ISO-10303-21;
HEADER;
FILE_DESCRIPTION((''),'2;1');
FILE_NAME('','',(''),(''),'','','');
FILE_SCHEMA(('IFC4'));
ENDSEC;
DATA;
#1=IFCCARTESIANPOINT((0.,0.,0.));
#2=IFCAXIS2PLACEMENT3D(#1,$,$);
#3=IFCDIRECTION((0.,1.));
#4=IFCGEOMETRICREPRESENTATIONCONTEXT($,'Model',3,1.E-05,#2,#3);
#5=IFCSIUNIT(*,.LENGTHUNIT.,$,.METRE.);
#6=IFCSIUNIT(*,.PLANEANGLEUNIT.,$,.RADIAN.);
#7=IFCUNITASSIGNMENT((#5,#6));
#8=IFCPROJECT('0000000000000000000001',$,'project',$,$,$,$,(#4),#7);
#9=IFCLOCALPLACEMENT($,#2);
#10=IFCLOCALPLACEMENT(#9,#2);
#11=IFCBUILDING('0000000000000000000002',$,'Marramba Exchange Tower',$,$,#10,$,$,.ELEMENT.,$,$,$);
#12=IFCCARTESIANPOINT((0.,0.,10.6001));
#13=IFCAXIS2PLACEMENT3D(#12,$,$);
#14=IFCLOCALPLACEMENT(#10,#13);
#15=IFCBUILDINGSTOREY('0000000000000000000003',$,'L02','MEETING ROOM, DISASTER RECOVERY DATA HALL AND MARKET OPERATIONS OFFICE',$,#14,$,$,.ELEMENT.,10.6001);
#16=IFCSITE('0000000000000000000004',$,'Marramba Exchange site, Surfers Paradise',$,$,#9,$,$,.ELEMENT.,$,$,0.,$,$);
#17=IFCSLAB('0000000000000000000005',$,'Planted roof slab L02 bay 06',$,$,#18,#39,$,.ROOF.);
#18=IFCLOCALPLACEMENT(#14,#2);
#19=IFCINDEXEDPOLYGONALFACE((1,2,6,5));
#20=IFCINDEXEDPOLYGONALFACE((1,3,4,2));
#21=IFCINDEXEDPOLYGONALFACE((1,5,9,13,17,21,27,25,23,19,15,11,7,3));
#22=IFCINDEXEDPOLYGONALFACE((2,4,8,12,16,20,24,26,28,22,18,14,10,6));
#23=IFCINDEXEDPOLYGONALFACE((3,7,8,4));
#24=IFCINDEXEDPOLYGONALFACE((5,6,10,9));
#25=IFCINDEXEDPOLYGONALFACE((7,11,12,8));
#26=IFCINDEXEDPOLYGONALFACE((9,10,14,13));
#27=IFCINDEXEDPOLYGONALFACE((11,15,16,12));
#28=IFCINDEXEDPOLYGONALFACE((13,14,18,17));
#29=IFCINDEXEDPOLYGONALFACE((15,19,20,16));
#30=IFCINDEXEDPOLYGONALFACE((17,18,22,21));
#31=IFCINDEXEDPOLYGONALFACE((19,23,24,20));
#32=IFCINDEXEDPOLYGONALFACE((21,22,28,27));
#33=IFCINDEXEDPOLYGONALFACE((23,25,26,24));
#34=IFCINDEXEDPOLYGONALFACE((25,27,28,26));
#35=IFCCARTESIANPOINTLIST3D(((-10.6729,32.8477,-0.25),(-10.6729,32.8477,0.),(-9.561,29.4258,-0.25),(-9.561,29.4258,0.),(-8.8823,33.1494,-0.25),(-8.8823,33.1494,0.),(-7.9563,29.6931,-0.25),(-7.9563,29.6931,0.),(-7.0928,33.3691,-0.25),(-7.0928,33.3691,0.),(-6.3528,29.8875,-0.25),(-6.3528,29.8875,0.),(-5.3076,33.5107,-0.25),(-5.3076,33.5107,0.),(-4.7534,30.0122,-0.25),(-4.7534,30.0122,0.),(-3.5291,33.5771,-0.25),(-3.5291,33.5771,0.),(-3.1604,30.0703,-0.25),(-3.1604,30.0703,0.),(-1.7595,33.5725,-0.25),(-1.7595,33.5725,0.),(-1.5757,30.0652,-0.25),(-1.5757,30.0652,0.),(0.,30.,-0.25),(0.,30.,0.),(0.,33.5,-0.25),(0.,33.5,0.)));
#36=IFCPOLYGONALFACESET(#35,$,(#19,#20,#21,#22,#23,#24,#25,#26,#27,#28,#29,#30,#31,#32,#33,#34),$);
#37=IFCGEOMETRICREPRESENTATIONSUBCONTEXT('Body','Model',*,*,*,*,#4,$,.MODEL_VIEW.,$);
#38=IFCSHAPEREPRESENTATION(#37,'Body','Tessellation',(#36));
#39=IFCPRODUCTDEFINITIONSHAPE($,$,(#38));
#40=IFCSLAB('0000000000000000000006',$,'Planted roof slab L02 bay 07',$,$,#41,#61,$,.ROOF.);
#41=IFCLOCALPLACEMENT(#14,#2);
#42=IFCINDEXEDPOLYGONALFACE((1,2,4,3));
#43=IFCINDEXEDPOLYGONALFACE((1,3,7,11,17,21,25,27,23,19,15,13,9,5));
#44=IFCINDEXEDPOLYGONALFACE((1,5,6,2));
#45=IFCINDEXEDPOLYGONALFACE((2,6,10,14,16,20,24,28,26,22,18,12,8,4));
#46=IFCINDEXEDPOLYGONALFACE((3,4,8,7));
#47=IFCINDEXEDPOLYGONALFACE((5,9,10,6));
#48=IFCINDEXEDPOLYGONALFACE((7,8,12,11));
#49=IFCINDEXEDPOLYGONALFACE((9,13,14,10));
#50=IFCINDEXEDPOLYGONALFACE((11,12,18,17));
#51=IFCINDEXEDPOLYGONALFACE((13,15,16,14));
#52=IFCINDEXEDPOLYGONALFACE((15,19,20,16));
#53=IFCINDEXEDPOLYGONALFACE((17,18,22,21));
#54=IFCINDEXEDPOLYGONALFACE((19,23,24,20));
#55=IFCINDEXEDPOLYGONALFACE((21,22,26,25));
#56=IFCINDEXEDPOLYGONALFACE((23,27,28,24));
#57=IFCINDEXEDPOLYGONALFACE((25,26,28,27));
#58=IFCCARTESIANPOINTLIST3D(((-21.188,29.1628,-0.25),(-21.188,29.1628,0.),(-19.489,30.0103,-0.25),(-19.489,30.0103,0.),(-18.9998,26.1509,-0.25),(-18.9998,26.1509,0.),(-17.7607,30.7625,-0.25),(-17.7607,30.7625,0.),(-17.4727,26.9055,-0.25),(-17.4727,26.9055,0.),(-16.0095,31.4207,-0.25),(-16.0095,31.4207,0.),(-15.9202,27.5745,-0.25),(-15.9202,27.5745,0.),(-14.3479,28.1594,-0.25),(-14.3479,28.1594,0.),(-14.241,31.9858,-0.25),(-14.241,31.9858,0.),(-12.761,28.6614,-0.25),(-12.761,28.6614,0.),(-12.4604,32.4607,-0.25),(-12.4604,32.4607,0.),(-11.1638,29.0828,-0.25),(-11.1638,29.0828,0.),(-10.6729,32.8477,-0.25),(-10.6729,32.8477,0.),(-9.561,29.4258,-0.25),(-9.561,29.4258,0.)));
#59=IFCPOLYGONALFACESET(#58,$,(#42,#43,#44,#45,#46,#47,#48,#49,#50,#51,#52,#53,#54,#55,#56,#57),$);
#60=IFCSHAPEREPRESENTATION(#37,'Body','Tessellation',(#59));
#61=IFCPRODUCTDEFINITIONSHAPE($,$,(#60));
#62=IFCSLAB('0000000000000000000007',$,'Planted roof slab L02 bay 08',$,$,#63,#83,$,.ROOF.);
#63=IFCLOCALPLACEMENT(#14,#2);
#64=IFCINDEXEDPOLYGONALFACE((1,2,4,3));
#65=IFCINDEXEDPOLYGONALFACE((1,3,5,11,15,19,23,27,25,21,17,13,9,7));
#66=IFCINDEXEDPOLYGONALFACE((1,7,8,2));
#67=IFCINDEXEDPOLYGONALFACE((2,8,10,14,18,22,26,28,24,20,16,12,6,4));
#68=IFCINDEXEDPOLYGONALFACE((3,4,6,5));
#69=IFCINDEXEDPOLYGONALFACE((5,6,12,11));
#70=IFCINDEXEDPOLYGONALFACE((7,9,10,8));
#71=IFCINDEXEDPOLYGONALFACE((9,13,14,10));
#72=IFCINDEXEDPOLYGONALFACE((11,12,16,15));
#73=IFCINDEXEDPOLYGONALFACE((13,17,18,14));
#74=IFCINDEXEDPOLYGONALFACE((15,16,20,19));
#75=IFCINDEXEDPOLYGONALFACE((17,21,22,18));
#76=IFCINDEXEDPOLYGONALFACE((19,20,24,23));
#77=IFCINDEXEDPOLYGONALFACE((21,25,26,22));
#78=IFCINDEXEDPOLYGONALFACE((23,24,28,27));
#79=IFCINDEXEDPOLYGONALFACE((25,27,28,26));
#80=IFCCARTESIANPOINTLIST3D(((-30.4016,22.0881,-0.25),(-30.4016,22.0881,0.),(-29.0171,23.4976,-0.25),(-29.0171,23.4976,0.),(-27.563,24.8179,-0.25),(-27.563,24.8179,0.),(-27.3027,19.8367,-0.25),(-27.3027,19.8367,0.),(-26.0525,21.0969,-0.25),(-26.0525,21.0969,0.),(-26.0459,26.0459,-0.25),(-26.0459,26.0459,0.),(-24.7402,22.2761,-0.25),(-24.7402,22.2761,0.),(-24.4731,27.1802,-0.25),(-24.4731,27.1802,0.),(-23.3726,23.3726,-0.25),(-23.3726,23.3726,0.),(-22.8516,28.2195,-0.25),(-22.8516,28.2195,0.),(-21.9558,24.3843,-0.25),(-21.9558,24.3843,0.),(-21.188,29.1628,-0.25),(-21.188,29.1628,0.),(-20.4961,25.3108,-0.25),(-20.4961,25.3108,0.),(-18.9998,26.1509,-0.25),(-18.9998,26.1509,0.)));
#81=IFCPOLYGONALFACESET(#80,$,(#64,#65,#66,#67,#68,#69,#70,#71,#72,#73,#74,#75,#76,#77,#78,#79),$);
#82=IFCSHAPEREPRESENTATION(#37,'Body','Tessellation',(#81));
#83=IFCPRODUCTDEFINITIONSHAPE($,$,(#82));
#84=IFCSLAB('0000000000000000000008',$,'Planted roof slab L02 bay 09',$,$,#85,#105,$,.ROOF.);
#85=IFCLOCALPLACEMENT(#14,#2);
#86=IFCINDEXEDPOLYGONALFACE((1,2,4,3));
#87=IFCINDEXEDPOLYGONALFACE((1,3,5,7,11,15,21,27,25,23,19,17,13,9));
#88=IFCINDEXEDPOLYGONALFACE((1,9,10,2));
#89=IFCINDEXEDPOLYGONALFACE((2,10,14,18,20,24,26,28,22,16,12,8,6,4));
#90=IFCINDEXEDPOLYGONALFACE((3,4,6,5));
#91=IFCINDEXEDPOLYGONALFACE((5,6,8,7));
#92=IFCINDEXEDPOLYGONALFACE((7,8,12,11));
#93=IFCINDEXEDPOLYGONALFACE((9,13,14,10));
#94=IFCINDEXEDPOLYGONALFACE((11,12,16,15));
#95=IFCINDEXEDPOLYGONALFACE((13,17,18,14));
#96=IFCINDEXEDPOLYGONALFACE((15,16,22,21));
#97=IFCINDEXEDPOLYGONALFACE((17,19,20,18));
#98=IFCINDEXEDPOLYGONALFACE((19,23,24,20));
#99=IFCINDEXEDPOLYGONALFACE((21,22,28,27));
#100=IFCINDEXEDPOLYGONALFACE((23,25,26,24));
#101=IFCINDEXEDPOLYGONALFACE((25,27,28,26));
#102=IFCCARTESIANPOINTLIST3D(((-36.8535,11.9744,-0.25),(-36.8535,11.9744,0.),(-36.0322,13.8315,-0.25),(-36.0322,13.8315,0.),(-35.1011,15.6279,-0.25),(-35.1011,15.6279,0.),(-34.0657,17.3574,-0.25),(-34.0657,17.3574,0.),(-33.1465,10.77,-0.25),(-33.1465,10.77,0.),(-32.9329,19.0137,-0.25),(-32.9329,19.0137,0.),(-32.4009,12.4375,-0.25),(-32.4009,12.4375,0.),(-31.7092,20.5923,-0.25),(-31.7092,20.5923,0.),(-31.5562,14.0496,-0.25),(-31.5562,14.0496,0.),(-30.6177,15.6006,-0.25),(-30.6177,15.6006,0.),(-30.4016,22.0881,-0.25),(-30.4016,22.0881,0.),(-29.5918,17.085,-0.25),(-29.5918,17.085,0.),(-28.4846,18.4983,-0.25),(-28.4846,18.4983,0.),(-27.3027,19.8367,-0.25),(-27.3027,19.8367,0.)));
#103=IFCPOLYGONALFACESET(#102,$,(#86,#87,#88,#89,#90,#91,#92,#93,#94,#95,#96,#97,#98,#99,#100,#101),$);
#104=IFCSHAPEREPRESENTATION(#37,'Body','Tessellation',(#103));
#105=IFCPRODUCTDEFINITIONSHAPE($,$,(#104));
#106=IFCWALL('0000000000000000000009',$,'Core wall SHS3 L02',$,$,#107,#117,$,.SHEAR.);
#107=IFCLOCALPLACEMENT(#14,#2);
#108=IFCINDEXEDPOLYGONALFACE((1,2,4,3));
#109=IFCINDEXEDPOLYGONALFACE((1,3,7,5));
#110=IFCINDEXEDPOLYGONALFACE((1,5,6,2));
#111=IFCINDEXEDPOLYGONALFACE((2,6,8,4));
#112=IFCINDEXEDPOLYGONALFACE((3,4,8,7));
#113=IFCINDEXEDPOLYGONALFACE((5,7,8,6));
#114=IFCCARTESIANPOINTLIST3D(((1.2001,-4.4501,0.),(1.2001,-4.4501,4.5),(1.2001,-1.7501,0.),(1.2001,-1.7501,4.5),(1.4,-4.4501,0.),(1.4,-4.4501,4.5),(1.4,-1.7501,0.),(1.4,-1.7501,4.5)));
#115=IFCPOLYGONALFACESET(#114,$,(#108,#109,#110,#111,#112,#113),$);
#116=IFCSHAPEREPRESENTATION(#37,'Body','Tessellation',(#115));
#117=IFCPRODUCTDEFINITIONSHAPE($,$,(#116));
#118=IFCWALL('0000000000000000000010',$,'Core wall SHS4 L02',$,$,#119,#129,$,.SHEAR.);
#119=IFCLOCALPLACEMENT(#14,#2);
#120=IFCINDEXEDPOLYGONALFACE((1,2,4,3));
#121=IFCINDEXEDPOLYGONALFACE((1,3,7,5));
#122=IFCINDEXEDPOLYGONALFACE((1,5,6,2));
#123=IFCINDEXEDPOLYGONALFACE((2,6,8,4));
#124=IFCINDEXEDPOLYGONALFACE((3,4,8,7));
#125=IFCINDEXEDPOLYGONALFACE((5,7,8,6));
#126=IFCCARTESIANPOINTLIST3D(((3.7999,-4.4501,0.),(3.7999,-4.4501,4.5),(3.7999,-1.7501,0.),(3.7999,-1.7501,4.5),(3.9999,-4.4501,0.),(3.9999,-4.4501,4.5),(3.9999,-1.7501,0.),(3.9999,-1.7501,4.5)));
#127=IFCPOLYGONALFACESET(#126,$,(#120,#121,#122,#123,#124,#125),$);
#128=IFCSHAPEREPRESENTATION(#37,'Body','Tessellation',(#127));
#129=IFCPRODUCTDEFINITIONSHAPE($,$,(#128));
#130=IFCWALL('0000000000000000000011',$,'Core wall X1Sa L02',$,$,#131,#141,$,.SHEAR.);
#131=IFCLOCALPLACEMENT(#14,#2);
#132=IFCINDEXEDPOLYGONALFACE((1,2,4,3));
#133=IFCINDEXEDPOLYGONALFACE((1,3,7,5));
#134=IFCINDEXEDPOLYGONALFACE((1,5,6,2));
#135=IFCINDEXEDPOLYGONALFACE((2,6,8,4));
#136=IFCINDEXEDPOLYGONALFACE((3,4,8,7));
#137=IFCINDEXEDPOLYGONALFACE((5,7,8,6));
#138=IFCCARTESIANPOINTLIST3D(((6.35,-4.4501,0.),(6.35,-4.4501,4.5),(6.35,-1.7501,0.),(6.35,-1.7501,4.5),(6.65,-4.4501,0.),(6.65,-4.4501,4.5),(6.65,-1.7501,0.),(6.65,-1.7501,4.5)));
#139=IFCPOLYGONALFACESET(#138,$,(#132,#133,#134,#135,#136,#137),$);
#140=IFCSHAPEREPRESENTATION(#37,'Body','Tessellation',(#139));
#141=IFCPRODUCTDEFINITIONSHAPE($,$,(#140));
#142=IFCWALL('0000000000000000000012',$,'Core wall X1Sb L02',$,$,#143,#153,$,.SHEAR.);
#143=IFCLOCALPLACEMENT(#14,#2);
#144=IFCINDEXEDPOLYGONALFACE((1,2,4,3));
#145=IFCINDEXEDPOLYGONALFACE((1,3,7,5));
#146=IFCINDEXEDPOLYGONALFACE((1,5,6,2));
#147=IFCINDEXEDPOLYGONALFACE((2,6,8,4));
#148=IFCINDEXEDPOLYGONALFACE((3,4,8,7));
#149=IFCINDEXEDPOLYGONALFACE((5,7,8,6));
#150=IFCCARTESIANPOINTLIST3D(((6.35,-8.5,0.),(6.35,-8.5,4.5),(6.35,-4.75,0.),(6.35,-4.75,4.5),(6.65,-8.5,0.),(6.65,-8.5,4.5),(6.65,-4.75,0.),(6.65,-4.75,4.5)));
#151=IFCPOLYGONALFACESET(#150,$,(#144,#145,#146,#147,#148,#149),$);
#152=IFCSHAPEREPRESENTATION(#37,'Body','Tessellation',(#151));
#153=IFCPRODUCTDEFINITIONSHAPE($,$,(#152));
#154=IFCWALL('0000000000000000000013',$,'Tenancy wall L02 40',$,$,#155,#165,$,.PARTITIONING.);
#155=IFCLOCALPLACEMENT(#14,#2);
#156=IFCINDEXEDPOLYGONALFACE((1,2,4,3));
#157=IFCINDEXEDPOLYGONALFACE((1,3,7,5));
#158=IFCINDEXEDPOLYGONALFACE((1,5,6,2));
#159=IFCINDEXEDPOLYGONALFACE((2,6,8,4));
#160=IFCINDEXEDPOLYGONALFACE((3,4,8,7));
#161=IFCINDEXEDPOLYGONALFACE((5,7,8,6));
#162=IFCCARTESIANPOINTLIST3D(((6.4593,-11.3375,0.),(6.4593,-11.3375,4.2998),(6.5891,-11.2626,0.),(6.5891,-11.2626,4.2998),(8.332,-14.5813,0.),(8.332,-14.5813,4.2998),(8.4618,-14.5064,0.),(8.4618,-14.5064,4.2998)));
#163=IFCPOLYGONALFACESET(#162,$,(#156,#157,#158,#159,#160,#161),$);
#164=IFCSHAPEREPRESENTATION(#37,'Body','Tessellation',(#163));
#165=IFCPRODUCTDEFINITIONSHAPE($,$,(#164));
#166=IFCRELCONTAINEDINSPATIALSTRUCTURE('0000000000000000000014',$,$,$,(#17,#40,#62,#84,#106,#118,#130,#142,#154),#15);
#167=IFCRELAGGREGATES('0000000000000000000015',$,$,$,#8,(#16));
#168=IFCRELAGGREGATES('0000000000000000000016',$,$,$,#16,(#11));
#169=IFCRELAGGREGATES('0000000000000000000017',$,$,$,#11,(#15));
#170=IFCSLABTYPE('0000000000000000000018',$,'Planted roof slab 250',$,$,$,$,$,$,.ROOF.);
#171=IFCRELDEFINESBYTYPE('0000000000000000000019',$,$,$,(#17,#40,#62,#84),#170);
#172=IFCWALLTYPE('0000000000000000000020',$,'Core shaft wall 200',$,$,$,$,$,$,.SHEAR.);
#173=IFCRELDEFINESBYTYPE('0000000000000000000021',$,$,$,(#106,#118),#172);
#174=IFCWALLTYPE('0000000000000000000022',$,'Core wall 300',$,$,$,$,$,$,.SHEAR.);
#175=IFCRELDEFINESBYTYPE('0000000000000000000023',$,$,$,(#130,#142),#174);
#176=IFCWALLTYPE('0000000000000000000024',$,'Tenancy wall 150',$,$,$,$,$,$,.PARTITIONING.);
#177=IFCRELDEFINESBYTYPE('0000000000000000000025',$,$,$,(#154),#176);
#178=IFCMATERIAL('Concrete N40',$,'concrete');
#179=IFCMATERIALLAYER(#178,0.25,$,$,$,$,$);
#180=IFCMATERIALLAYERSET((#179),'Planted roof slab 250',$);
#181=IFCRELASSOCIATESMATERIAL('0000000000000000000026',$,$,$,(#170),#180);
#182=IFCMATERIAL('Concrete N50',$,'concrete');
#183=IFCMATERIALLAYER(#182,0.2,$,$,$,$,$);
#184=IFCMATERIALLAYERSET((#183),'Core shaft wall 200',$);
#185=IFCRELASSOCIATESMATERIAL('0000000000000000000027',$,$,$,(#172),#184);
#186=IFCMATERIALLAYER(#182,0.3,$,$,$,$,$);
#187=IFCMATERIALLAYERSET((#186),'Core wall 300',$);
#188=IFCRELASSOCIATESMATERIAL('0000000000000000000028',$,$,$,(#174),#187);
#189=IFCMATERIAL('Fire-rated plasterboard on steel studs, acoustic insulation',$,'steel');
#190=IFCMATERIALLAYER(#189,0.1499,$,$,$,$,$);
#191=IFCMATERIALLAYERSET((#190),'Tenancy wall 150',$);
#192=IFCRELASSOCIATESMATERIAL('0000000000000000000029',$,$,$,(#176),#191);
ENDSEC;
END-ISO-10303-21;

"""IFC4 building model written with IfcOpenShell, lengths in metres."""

from ifc_helpers import new_model, si_unit, direction, frame, frame_2d, origin, place, context, subcontext, project, spatial, polyline, rectangle, outline, extrude, material, layer, layer_set, type_object, element, save


model = new_model("IFC4")

# Units and contexts
model_context = context("Model", 3, precision=1e-05, world=origin(), true_north=direction((0.0, 1.0)))
body_context = subcontext(model_context, "Body", "Model", "MODEL_VIEW")
ifc_project = project(units=[si_unit("LENGTHUNIT", "METRE"), si_unit("PLANEANGLEUNIT", "RADIAN")], contexts=[model_context])

# Site, building, storey
site_placement = place(None, origin())
site = spatial("IfcSite", under=ifc_project, at=site_placement, Name="Marramba Exchange site, Surfers Paradise", CompositionType="ELEMENT", RefElevation=0.0)
building_placement = place(site_placement, origin())
building = spatial("IfcBuilding", under=site, at=building_placement, Name="Marramba Exchange Tower", CompositionType="ELEMENT")
storey_placement = place(building_placement, frame((0.0, 0.0, 10.6001)))
storey = spatial("IfcBuildingStorey", under=building, at=storey_placement, Name="L02", Description="MEETING ROOM, DISASTER RECOVERY DATA HALL AND MARKET OPERATIONS OFFICE", CompositionType="ELEMENT", Elevation=10.6001)

# Slabs
ifc_material_1 = material(Name="Concrete N40", Category="concrete")
ifc_layer_1 = layer(ifc_material_1, 0.25)
ifc_layer_set_1 = layer_set([ifc_layer_1], Name="Planted roof slab 250")
slab_type = type_object("IfcSlabType", Name="Planted roof slab 250", PredefinedType="ROOF", material=ifc_layer_set_1)
slab_1_placement = place(storey_placement, frame((0.0, 0.0, -0.25)))
element("IfcSlab", 1, at=slab_1_placement, inside=storey, type_object=slab_type, Name="Planted roof slab L02 bay 06", PredefinedType="ROOF", context=body_context, shape_type="SweptSolid", body=[
    extrude(outline(polyline([(-8.8823, 33.1494), (-7.0928, 33.3691), (-5.3076, 33.5107), (-3.5291, 33.5771), (-1.7595, 33.5725), (0.0, 33.5), (0.0, 30.0), (-1.5757, 30.0652), (-3.1604, 30.0703), (-4.7534, 30.0122), (-6.3528, 29.8875), (-7.9563, 29.6931), (-9.561, 29.4258), (-10.6729, 32.8477), (-8.8823, 33.1494)])), origin(), (0.0, 0.0, 1.0), 0.25),
])
slab_2_placement = place(storey_placement, frame((0.0, 0.0, -0.25)))
element("IfcSlab", 2, at=slab_2_placement, inside=storey, type_object=slab_type, Name="Planted roof slab L02 bay 07", PredefinedType="ROOF", context=body_context, shape_type="SweptSolid", body=[
    extrude(outline(polyline([(-19.489, 30.0103), (-17.7607, 30.7625), (-16.0095, 31.4207), (-14.241, 31.9858), (-12.4604, 32.4607), (-10.6729, 32.8477), (-9.561, 29.4258), (-11.1638, 29.0828), (-12.761, 28.6614), (-14.3479, 28.1594), (-15.9202, 27.5745), (-17.4727, 26.9055), (-18.9998, 26.1509), (-21.188, 29.1628), (-19.489, 30.0103)])), origin(), (0.0, 0.0, 1.0), 0.25),
])
slab_3_placement = place(storey_placement, frame((0.0, 0.0, -0.25)))
element("IfcSlab", 3, at=slab_3_placement, inside=storey, type_object=slab_type, Name="Planted roof slab L02 bay 08", PredefinedType="ROOF", context=body_context, shape_type="SweptSolid", body=[
    extrude(outline(polyline([(-30.4016, 22.0881), (-29.0171, 23.4976), (-27.563, 24.8179), (-26.0459, 26.0459), (-24.4731, 27.1802), (-22.8516, 28.2195), (-21.188, 29.1628), (-18.9998, 26.1509), (-20.4961, 25.3108), (-21.9558, 24.3843), (-23.3726, 23.3726), (-24.7402, 22.2761), (-26.0525, 21.0969), (-27.3027, 19.8367), (-30.4016, 22.0881)])), origin(), (0.0, 0.0, 1.0), 0.25),
])
slab_4_placement = place(storey_placement, frame((0.0, 0.0, -0.25)))
element("IfcSlab", 4, at=slab_4_placement, inside=storey, type_object=slab_type, Name="Planted roof slab L02 bay 09", PredefinedType="ROOF", context=body_context, shape_type="SweptSolid", body=[
    extrude(outline(polyline([(-36.0322, 13.8315), (-35.1011, 15.6279), (-34.0657, 17.3574), (-32.9329, 19.0137), (-31.7092, 20.5923), (-30.4016, 22.0881), (-27.3027, 19.8367), (-28.4846, 18.4983), (-29.5918, 17.085), (-30.6177, 15.6006), (-31.5562, 14.0496), (-32.4009, 12.4375), (-33.1465, 10.77), (-36.8535, 11.9744), (-36.0322, 13.8315)])), origin(), (0.0, 0.0, 1.0), 0.25),
])

# Walls
ifc_material_2 = material(Name="Concrete N50", Category="concrete")
ifc_layer_2 = layer(ifc_material_2, 0.2)
ifc_layer_set_2 = layer_set([ifc_layer_2], Name="Core shaft wall 200")
wall_type_1 = type_object("IfcWallType", Name="Core shaft wall 200", PredefinedType="SHEAR", material=ifc_layer_set_2)
for number, where, z_axis, x_axis, name in (
    (5, (1.3, -1.75, 0.0), (0.0, 0.0, 1.0), (0.0, -1.0, 0.0), "Core wall SHS3 L02"),
    (6, (3.8999, -1.75, 0.0), (0.0, 0.0, 1.0), (0.0, -1.0, 0.0), "Core wall SHS4 L02"),
):
    element("IfcWall", number, at=place(storey_placement, frame(where, z_axis=z_axis, x_axis=x_axis)), inside=storey, type_object=wall_type_1, Name=name, PredefinedType="SHEAR", context=body_context, shape_type="SweptSolid", body=[
        extrude(rectangle(XDim=2.7, YDim=0.2, at=frame_2d((1.3501, 0.0))), origin(), (0.0, 0.0, 1.0), 4.5),
    ])
ifc_layer_3 = layer(ifc_material_2, 0.3)
ifc_layer_set_3 = layer_set([ifc_layer_3], Name="Core wall 300")
wall_type_2 = type_object("IfcWallType", Name="Core wall 300", PredefinedType="SHEAR", material=ifc_layer_set_3)
wall_1_placement = place(storey_placement, frame((6.5, -1.75, 0.0), z_axis=(0.0, 0.0, 1.0), x_axis=(0.0, -1.0, 0.0)))
element("IfcWall", 7, at=wall_1_placement, inside=storey, type_object=wall_type_2, Name="Core wall X1Sa L02", PredefinedType="SHEAR", context=body_context, shape_type="SweptSolid", body=[
    extrude(rectangle(XDim=2.7, YDim=0.3, at=frame_2d((1.3501, 0.0))), origin(), (0.0, 0.0, 1.0), 4.5),
])
wall_2_placement = place(storey_placement, frame((6.5, -4.75, 0.0), z_axis=(0.0, 0.0, 1.0), x_axis=(0.0, -1.0, 0.0)))
element("IfcWall", 8, at=wall_2_placement, inside=storey, type_object=wall_type_2, Name="Core wall X1Sb L02", PredefinedType="SHEAR", context=body_context, shape_type="SweptSolid", body=[
    extrude(rectangle(XDim=3.75, YDim=0.3, at=frame_2d((1.875, 0.0))), origin(), (0.0, 0.0, 1.0), 4.5),
])
ifc_material_3 = material(Name="Fire-rated plasterboard on steel studs, acoustic insulation", Category="steel")
ifc_layer_4 = layer(ifc_material_3, 0.1499)
ifc_layer_set_4 = layer_set([ifc_layer_4], Name="Tenancy wall 150")
wall_type_3 = type_object("IfcWallType", Name="Tenancy wall 150", PredefinedType="PARTITIONING", material=ifc_layer_set_4)
wall_3_placement = place(storey_placement, frame((6.5242, -11.3, 0.0), z_axis=(0.0, 0.0, 1.0), x_axis=(0.499988, -0.866033, 0.0)))
element("IfcWall", 9, at=wall_3_placement, inside=storey, type_object=wall_type_3, Name="Tenancy wall L02 40", PredefinedType="PARTITIONING", context=body_context, shape_type="SweptSolid", body=[
    extrude(rectangle(XDim=3.7456, YDim=0.1499, at=frame_2d((1.8728, 0.0))), origin(), (0.0, 0.0, 1.0), 4.2998),
])

save(model, "model.ifc")
